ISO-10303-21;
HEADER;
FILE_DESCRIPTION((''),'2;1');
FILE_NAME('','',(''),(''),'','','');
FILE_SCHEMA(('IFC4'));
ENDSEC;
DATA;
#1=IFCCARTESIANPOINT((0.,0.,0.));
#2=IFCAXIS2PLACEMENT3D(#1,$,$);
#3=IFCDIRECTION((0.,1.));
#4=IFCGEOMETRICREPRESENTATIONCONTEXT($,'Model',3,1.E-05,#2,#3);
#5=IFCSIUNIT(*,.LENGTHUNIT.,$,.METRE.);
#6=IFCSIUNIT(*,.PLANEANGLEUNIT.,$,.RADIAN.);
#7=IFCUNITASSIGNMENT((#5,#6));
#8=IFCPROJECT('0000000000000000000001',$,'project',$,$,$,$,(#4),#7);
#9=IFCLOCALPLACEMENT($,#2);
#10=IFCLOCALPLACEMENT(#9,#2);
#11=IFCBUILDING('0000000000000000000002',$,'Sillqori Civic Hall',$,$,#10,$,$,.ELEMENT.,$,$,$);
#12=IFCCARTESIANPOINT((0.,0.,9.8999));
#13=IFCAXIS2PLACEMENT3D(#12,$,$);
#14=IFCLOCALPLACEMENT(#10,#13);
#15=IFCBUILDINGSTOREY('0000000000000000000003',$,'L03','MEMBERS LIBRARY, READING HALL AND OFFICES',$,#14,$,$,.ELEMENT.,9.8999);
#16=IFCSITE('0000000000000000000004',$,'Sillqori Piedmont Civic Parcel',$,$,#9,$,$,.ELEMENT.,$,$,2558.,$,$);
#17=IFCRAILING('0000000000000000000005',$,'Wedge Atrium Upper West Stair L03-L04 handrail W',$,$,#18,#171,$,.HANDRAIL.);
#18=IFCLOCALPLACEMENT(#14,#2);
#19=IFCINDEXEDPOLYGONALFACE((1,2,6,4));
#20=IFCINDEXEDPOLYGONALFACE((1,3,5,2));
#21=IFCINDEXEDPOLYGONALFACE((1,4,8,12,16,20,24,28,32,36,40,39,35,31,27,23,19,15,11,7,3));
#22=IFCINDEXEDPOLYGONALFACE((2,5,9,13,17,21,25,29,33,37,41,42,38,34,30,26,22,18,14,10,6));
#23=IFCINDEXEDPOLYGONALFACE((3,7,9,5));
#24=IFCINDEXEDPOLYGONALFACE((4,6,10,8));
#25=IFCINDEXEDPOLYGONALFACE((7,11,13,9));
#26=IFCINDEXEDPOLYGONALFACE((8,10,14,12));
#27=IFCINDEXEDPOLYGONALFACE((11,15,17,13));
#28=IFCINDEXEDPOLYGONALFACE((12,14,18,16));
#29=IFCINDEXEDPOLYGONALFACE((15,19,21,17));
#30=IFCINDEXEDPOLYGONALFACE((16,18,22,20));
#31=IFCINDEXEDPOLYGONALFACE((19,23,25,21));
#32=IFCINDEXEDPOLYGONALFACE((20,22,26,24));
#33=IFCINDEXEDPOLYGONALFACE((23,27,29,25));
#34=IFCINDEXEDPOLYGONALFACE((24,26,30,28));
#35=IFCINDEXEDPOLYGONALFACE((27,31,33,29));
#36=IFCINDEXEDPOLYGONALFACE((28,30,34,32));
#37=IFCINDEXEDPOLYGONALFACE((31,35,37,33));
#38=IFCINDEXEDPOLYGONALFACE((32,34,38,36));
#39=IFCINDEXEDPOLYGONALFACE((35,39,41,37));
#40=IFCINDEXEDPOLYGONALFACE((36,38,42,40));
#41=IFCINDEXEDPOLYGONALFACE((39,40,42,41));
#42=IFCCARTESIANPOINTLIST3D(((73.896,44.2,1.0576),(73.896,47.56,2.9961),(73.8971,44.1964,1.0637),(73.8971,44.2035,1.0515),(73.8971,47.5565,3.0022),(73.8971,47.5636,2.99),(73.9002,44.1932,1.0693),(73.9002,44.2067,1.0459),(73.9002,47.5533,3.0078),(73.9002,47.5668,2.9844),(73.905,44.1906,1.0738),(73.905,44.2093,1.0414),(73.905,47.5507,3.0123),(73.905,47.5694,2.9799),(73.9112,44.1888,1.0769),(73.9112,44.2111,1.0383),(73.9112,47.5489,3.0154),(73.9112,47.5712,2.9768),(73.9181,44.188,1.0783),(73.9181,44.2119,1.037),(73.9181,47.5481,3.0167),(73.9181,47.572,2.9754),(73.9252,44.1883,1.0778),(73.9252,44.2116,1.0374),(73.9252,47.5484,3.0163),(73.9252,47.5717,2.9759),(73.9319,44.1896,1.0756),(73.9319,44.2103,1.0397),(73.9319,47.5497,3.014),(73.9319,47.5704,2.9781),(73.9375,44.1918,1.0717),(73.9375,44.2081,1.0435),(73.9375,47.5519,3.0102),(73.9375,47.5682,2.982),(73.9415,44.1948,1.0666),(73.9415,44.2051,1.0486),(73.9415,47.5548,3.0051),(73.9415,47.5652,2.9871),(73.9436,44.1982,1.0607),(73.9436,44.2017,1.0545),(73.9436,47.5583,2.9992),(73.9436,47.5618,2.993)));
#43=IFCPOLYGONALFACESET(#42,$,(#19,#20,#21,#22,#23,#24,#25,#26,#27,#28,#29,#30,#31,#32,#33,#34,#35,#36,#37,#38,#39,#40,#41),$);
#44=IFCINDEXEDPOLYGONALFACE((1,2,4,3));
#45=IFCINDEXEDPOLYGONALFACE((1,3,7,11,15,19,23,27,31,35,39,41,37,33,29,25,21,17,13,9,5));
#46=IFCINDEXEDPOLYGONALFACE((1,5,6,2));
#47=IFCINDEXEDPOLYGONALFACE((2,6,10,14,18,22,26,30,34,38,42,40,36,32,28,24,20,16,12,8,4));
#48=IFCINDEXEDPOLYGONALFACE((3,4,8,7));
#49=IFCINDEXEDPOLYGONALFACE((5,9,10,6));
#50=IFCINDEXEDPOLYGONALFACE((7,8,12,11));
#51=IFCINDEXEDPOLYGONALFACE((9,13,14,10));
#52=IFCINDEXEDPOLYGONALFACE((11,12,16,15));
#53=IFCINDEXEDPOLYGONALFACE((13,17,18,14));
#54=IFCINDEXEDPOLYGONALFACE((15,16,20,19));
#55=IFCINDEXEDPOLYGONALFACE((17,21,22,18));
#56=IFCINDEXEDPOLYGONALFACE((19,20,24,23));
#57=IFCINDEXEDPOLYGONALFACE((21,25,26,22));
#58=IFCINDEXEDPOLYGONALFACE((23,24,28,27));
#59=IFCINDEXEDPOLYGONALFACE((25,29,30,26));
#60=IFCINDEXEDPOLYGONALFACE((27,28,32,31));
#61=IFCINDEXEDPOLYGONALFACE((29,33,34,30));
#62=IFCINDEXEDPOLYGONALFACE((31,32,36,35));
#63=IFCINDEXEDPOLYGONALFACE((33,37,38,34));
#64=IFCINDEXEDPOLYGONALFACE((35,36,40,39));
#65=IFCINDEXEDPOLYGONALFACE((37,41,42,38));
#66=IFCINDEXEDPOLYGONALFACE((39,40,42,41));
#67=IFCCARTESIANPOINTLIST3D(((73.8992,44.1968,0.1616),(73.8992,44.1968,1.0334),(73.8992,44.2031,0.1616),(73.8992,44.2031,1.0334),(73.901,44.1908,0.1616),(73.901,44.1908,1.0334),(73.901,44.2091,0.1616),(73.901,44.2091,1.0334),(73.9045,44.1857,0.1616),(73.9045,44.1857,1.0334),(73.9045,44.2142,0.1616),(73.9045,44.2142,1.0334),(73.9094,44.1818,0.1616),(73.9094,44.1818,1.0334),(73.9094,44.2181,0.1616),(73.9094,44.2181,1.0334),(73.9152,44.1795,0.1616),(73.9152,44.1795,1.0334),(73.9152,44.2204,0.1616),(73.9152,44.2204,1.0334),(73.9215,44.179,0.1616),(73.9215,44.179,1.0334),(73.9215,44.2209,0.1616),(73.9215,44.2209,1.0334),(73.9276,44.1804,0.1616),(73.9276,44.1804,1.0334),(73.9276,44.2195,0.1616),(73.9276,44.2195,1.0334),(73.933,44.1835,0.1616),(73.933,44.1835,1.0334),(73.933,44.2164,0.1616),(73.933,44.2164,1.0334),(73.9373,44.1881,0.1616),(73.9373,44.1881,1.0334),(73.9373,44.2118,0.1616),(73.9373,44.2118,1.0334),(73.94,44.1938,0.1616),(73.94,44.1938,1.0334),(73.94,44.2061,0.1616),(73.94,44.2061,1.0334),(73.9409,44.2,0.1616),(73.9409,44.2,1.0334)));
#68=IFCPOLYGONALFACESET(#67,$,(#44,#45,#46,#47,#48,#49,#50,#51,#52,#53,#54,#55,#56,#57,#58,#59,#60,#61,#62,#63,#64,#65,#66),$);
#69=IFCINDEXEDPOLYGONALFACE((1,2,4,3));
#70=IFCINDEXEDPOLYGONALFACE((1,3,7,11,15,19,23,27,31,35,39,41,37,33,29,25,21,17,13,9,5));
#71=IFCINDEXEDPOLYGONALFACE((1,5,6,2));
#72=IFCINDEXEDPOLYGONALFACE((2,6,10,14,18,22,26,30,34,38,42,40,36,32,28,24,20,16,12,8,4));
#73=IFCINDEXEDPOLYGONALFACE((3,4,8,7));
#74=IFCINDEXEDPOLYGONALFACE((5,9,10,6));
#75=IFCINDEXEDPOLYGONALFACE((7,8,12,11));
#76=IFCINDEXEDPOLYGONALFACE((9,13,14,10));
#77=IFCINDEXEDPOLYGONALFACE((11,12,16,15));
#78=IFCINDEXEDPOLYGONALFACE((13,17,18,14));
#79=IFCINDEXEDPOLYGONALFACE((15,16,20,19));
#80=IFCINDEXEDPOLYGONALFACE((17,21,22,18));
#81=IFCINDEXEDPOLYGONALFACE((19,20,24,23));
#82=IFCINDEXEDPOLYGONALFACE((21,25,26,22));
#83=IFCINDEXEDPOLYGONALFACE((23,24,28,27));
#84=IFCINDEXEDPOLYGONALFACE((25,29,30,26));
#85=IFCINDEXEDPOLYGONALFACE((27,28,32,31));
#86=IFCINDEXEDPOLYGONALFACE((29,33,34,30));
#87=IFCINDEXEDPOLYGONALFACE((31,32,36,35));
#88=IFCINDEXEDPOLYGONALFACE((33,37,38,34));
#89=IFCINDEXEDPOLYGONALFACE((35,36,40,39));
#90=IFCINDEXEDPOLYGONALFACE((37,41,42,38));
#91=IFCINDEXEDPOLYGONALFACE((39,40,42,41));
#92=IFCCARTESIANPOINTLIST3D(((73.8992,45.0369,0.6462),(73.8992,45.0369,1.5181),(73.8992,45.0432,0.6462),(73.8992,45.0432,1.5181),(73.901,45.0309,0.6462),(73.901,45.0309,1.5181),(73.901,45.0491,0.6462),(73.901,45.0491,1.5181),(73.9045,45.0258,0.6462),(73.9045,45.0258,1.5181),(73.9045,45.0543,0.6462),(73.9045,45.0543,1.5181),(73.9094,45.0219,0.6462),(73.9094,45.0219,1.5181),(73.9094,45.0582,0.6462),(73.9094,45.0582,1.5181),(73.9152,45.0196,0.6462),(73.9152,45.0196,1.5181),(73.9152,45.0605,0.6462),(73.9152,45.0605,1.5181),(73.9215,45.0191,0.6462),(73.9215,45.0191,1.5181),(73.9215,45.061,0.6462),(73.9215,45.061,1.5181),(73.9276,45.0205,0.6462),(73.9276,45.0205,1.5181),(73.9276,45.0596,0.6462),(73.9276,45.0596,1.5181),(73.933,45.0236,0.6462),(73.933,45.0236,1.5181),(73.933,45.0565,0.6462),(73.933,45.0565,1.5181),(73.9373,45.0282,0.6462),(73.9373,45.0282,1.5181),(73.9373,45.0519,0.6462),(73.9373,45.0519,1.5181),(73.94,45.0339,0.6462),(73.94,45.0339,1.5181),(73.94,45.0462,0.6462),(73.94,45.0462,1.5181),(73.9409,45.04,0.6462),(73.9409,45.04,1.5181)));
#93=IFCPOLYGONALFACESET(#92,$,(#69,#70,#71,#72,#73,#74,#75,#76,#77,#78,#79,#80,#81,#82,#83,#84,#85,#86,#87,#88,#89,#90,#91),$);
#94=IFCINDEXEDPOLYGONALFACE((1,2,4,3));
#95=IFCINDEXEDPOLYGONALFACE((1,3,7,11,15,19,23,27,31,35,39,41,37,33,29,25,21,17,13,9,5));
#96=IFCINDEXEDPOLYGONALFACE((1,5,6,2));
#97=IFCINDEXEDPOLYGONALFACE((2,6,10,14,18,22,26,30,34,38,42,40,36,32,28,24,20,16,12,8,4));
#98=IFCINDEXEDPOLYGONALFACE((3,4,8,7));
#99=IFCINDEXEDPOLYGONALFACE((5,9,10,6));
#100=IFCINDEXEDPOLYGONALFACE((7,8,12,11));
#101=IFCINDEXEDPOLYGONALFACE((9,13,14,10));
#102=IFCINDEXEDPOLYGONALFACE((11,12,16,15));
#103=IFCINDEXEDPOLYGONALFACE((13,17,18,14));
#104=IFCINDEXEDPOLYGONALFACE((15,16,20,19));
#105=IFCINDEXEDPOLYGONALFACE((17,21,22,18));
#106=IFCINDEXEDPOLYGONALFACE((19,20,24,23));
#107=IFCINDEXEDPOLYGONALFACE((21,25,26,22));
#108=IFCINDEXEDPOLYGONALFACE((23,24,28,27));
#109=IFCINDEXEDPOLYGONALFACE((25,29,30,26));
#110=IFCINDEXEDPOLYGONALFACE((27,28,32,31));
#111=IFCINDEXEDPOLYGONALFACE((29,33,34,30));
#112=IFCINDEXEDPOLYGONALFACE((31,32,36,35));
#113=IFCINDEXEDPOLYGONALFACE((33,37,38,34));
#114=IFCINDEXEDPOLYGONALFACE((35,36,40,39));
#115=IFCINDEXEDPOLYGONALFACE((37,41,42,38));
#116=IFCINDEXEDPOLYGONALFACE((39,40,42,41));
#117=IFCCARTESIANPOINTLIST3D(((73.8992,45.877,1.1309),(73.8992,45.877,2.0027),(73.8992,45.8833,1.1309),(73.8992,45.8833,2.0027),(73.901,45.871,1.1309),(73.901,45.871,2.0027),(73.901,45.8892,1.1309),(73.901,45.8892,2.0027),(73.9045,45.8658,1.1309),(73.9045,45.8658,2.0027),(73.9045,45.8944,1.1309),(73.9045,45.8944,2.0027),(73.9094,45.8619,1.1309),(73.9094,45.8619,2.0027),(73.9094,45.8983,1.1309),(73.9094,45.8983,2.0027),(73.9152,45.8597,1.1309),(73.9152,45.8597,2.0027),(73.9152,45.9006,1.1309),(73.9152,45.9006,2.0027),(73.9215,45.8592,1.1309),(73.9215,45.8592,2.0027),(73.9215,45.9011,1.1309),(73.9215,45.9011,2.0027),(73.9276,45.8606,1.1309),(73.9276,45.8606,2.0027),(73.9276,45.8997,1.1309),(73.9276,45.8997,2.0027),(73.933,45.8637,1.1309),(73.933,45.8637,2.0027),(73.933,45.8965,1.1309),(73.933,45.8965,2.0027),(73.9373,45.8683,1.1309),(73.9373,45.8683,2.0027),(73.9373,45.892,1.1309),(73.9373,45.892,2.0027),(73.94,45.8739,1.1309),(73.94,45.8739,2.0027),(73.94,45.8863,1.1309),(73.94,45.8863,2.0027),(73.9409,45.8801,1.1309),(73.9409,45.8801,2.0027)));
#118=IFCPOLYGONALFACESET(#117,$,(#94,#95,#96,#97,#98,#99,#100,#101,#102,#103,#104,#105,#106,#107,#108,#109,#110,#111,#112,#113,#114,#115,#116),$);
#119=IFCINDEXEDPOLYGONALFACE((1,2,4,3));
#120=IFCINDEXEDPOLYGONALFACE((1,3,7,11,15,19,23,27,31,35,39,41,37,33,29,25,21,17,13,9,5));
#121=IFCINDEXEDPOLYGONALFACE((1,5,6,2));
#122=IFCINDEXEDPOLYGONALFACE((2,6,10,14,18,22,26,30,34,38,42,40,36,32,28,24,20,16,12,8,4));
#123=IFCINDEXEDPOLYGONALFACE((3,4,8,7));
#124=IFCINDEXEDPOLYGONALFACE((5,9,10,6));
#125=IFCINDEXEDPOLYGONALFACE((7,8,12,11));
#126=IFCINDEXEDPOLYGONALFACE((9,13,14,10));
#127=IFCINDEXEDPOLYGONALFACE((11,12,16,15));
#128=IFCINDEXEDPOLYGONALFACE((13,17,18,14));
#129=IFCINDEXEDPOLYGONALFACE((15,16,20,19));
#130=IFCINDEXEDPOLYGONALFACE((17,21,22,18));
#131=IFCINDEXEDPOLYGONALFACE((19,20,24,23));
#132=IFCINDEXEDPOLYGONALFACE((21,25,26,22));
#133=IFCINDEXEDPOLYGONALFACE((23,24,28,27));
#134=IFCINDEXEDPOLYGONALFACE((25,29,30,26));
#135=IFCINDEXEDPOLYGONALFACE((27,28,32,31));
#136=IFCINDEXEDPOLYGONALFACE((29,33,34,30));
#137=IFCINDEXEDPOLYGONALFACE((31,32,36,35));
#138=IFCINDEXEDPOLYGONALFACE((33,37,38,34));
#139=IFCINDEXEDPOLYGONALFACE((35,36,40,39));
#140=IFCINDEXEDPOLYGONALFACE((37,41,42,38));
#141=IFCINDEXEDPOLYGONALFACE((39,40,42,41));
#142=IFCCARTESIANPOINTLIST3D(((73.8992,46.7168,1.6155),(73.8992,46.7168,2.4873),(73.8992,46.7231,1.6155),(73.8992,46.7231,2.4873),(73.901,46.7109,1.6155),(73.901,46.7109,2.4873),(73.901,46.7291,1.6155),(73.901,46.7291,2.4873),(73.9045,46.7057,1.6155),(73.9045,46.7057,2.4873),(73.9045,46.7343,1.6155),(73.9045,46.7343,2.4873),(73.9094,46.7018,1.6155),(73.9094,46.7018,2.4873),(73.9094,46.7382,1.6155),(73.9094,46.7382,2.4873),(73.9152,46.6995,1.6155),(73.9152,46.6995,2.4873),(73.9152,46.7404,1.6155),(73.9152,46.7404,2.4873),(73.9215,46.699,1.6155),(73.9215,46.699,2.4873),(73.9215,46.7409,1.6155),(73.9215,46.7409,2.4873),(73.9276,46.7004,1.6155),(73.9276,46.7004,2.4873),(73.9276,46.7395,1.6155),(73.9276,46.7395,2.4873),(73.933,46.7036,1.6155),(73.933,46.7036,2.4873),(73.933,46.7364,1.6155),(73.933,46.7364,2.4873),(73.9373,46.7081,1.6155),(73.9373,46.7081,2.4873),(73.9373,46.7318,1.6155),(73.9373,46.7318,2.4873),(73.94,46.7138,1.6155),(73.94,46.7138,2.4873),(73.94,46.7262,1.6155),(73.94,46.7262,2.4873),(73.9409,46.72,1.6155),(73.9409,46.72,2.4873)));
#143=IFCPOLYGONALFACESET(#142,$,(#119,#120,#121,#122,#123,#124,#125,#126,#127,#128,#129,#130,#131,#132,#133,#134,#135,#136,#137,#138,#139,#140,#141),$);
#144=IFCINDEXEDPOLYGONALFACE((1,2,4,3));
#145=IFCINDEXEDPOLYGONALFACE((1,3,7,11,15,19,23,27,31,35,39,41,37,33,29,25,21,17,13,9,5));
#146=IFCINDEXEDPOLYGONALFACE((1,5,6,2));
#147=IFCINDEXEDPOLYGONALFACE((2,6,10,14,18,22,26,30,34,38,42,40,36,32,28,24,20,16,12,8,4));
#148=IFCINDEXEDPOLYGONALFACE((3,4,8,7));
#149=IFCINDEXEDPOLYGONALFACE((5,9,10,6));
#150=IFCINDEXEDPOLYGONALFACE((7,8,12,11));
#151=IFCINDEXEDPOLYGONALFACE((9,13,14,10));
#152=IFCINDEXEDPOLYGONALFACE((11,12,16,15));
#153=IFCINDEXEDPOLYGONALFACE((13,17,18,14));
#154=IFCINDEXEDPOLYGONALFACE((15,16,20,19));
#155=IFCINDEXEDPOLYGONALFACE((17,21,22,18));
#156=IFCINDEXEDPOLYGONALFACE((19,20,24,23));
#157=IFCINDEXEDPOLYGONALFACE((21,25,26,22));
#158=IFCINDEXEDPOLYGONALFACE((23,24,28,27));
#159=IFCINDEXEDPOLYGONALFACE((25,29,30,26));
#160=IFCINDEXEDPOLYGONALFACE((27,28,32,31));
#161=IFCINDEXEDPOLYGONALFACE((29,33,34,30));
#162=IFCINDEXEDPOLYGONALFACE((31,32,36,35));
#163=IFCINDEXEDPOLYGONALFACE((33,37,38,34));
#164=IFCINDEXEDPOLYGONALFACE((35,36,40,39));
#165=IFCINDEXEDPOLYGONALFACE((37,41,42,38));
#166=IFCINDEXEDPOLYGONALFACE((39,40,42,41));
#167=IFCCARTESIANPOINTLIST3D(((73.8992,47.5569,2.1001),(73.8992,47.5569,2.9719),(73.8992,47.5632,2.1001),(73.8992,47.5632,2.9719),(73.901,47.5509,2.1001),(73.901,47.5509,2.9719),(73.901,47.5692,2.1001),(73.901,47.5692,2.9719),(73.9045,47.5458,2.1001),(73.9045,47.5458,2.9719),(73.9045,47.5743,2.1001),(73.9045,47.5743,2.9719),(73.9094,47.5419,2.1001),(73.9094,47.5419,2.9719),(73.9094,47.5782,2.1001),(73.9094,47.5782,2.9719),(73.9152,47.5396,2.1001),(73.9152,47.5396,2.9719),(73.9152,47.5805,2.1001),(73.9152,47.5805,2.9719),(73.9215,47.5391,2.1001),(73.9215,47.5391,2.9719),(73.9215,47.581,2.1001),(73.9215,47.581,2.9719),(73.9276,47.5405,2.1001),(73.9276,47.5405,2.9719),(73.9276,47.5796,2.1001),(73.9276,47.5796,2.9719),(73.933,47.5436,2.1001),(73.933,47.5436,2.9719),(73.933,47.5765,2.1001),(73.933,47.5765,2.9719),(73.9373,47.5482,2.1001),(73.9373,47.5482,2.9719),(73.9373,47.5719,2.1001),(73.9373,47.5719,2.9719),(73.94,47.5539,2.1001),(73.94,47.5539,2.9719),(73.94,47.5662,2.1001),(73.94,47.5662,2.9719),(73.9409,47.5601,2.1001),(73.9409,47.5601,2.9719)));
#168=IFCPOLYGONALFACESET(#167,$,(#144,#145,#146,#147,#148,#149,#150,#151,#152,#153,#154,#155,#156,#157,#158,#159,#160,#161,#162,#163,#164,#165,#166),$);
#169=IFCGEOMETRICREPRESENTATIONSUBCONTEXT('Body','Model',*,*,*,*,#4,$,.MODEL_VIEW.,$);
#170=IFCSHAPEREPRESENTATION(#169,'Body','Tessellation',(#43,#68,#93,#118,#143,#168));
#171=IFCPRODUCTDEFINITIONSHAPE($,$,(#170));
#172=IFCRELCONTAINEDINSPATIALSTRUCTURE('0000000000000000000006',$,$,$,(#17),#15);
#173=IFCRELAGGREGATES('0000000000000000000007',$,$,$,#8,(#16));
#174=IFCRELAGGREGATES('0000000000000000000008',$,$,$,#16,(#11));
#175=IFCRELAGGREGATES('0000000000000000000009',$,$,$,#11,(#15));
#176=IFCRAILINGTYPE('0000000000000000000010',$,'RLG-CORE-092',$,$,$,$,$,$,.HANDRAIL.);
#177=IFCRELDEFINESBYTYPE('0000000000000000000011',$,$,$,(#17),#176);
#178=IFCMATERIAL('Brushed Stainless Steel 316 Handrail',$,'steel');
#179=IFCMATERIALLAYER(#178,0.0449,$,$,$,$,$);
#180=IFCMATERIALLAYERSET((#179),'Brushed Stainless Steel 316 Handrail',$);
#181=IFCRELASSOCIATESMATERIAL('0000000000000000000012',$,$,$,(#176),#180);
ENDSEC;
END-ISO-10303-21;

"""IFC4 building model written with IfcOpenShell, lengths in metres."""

from ifc_helpers import new_model, si_unit, direction, frame, origin, origin_2d, place, context, subcontext, project, spatial, circle, extrude, material, layer, layer_set, type_object, element, save


model = new_model("IFC4")

# Units and contexts
model_context = context("Model", 3, precision=1e-05, world=origin(), true_north=direction((0.0, 1.0)))
body_context = subcontext(model_context, "Body", "Model", "MODEL_VIEW")
ifc_project = project(units=[si_unit("LENGTHUNIT", "METRE"), si_unit("PLANEANGLEUNIT", "RADIAN")], contexts=[model_context])

# Site, building, storey
site_placement = place(None, origin())
site = spatial("IfcSite", under=ifc_project, at=site_placement, Name="Sillqori Piedmont Civic Parcel", CompositionType="ELEMENT", RefElevation=2558.0)
building_placement = place(site_placement, origin())
building = spatial("IfcBuilding", under=site, at=building_placement, Name="Sillqori Civic Hall", CompositionType="ELEMENT")
storey_placement = place(building_placement, frame((0.0, 0.0, 9.8999)))
storey = spatial("IfcBuildingStorey", under=building, at=storey_placement, Name="L03", Description="MEMBERS LIBRARY, READING HALL AND OFFICES", CompositionType="ELEMENT", Elevation=9.8999)

# Railing
ifc_material_1 = material(Name="Brushed Stainless Steel 316 Handrail", Category="steel")
ifc_layer_1 = layer(ifc_material_1, 0.0449)
ifc_layer_set_1 = layer_set([ifc_layer_1], Name="Brushed Stainless Steel 316 Handrail")
railing_type_1 = type_object("IfcRailingType", Name="RLG-CORE-092", PredefinedType="HANDRAIL", material=ifc_layer_set_1)
railing_1_placement = place(storey_placement, frame((73.9199, 44.2, 0.1616)))
element("IfcRailing", 1, at=railing_1_placement, inside=storey, type_object=railing_type_1, Name="Wedge Atrium Upper West Stair L03-L04 handrail W", PredefinedType="HANDRAIL", context=body_context, shape_type="SweptSolid", body=[
    extrude(circle(Radius=0.0239, at=origin_2d()), frame((0.0, 0.0, 0.896), z_axis=(0.0, 0.866191, 0.499713), x_axis=(-1.0, 0.0, 0.0)), (0.0, 0.0, 1.0), 3.8792),
    extrude(circle(Radius=0.021, at=origin_2d()), origin(), (0.0, 0.0, 1.0), 0.8718),
    extrude(circle(Radius=0.021, at=origin_2d()), frame((0.0, 0.8401, 0.4846)), (0.0, 0.0, 1.0), 0.8718),
    extrude(circle(Radius=0.021, at=origin_2d()), frame((0.0, 1.6802, 0.9692)), (0.0, 0.0, 1.0), 0.8718),
    extrude(circle(Radius=0.021, at=origin_2d()), frame((0.0, 2.52, 1.4539)), (0.0, 0.0, 1.0), 0.8718),
    extrude(circle(Radius=0.021, at=origin_2d()), frame((0.0, 3.3601, 1.9385)), (0.0, 0.0, 1.0), 0.8718),
])

save(model, "model.ifc")
